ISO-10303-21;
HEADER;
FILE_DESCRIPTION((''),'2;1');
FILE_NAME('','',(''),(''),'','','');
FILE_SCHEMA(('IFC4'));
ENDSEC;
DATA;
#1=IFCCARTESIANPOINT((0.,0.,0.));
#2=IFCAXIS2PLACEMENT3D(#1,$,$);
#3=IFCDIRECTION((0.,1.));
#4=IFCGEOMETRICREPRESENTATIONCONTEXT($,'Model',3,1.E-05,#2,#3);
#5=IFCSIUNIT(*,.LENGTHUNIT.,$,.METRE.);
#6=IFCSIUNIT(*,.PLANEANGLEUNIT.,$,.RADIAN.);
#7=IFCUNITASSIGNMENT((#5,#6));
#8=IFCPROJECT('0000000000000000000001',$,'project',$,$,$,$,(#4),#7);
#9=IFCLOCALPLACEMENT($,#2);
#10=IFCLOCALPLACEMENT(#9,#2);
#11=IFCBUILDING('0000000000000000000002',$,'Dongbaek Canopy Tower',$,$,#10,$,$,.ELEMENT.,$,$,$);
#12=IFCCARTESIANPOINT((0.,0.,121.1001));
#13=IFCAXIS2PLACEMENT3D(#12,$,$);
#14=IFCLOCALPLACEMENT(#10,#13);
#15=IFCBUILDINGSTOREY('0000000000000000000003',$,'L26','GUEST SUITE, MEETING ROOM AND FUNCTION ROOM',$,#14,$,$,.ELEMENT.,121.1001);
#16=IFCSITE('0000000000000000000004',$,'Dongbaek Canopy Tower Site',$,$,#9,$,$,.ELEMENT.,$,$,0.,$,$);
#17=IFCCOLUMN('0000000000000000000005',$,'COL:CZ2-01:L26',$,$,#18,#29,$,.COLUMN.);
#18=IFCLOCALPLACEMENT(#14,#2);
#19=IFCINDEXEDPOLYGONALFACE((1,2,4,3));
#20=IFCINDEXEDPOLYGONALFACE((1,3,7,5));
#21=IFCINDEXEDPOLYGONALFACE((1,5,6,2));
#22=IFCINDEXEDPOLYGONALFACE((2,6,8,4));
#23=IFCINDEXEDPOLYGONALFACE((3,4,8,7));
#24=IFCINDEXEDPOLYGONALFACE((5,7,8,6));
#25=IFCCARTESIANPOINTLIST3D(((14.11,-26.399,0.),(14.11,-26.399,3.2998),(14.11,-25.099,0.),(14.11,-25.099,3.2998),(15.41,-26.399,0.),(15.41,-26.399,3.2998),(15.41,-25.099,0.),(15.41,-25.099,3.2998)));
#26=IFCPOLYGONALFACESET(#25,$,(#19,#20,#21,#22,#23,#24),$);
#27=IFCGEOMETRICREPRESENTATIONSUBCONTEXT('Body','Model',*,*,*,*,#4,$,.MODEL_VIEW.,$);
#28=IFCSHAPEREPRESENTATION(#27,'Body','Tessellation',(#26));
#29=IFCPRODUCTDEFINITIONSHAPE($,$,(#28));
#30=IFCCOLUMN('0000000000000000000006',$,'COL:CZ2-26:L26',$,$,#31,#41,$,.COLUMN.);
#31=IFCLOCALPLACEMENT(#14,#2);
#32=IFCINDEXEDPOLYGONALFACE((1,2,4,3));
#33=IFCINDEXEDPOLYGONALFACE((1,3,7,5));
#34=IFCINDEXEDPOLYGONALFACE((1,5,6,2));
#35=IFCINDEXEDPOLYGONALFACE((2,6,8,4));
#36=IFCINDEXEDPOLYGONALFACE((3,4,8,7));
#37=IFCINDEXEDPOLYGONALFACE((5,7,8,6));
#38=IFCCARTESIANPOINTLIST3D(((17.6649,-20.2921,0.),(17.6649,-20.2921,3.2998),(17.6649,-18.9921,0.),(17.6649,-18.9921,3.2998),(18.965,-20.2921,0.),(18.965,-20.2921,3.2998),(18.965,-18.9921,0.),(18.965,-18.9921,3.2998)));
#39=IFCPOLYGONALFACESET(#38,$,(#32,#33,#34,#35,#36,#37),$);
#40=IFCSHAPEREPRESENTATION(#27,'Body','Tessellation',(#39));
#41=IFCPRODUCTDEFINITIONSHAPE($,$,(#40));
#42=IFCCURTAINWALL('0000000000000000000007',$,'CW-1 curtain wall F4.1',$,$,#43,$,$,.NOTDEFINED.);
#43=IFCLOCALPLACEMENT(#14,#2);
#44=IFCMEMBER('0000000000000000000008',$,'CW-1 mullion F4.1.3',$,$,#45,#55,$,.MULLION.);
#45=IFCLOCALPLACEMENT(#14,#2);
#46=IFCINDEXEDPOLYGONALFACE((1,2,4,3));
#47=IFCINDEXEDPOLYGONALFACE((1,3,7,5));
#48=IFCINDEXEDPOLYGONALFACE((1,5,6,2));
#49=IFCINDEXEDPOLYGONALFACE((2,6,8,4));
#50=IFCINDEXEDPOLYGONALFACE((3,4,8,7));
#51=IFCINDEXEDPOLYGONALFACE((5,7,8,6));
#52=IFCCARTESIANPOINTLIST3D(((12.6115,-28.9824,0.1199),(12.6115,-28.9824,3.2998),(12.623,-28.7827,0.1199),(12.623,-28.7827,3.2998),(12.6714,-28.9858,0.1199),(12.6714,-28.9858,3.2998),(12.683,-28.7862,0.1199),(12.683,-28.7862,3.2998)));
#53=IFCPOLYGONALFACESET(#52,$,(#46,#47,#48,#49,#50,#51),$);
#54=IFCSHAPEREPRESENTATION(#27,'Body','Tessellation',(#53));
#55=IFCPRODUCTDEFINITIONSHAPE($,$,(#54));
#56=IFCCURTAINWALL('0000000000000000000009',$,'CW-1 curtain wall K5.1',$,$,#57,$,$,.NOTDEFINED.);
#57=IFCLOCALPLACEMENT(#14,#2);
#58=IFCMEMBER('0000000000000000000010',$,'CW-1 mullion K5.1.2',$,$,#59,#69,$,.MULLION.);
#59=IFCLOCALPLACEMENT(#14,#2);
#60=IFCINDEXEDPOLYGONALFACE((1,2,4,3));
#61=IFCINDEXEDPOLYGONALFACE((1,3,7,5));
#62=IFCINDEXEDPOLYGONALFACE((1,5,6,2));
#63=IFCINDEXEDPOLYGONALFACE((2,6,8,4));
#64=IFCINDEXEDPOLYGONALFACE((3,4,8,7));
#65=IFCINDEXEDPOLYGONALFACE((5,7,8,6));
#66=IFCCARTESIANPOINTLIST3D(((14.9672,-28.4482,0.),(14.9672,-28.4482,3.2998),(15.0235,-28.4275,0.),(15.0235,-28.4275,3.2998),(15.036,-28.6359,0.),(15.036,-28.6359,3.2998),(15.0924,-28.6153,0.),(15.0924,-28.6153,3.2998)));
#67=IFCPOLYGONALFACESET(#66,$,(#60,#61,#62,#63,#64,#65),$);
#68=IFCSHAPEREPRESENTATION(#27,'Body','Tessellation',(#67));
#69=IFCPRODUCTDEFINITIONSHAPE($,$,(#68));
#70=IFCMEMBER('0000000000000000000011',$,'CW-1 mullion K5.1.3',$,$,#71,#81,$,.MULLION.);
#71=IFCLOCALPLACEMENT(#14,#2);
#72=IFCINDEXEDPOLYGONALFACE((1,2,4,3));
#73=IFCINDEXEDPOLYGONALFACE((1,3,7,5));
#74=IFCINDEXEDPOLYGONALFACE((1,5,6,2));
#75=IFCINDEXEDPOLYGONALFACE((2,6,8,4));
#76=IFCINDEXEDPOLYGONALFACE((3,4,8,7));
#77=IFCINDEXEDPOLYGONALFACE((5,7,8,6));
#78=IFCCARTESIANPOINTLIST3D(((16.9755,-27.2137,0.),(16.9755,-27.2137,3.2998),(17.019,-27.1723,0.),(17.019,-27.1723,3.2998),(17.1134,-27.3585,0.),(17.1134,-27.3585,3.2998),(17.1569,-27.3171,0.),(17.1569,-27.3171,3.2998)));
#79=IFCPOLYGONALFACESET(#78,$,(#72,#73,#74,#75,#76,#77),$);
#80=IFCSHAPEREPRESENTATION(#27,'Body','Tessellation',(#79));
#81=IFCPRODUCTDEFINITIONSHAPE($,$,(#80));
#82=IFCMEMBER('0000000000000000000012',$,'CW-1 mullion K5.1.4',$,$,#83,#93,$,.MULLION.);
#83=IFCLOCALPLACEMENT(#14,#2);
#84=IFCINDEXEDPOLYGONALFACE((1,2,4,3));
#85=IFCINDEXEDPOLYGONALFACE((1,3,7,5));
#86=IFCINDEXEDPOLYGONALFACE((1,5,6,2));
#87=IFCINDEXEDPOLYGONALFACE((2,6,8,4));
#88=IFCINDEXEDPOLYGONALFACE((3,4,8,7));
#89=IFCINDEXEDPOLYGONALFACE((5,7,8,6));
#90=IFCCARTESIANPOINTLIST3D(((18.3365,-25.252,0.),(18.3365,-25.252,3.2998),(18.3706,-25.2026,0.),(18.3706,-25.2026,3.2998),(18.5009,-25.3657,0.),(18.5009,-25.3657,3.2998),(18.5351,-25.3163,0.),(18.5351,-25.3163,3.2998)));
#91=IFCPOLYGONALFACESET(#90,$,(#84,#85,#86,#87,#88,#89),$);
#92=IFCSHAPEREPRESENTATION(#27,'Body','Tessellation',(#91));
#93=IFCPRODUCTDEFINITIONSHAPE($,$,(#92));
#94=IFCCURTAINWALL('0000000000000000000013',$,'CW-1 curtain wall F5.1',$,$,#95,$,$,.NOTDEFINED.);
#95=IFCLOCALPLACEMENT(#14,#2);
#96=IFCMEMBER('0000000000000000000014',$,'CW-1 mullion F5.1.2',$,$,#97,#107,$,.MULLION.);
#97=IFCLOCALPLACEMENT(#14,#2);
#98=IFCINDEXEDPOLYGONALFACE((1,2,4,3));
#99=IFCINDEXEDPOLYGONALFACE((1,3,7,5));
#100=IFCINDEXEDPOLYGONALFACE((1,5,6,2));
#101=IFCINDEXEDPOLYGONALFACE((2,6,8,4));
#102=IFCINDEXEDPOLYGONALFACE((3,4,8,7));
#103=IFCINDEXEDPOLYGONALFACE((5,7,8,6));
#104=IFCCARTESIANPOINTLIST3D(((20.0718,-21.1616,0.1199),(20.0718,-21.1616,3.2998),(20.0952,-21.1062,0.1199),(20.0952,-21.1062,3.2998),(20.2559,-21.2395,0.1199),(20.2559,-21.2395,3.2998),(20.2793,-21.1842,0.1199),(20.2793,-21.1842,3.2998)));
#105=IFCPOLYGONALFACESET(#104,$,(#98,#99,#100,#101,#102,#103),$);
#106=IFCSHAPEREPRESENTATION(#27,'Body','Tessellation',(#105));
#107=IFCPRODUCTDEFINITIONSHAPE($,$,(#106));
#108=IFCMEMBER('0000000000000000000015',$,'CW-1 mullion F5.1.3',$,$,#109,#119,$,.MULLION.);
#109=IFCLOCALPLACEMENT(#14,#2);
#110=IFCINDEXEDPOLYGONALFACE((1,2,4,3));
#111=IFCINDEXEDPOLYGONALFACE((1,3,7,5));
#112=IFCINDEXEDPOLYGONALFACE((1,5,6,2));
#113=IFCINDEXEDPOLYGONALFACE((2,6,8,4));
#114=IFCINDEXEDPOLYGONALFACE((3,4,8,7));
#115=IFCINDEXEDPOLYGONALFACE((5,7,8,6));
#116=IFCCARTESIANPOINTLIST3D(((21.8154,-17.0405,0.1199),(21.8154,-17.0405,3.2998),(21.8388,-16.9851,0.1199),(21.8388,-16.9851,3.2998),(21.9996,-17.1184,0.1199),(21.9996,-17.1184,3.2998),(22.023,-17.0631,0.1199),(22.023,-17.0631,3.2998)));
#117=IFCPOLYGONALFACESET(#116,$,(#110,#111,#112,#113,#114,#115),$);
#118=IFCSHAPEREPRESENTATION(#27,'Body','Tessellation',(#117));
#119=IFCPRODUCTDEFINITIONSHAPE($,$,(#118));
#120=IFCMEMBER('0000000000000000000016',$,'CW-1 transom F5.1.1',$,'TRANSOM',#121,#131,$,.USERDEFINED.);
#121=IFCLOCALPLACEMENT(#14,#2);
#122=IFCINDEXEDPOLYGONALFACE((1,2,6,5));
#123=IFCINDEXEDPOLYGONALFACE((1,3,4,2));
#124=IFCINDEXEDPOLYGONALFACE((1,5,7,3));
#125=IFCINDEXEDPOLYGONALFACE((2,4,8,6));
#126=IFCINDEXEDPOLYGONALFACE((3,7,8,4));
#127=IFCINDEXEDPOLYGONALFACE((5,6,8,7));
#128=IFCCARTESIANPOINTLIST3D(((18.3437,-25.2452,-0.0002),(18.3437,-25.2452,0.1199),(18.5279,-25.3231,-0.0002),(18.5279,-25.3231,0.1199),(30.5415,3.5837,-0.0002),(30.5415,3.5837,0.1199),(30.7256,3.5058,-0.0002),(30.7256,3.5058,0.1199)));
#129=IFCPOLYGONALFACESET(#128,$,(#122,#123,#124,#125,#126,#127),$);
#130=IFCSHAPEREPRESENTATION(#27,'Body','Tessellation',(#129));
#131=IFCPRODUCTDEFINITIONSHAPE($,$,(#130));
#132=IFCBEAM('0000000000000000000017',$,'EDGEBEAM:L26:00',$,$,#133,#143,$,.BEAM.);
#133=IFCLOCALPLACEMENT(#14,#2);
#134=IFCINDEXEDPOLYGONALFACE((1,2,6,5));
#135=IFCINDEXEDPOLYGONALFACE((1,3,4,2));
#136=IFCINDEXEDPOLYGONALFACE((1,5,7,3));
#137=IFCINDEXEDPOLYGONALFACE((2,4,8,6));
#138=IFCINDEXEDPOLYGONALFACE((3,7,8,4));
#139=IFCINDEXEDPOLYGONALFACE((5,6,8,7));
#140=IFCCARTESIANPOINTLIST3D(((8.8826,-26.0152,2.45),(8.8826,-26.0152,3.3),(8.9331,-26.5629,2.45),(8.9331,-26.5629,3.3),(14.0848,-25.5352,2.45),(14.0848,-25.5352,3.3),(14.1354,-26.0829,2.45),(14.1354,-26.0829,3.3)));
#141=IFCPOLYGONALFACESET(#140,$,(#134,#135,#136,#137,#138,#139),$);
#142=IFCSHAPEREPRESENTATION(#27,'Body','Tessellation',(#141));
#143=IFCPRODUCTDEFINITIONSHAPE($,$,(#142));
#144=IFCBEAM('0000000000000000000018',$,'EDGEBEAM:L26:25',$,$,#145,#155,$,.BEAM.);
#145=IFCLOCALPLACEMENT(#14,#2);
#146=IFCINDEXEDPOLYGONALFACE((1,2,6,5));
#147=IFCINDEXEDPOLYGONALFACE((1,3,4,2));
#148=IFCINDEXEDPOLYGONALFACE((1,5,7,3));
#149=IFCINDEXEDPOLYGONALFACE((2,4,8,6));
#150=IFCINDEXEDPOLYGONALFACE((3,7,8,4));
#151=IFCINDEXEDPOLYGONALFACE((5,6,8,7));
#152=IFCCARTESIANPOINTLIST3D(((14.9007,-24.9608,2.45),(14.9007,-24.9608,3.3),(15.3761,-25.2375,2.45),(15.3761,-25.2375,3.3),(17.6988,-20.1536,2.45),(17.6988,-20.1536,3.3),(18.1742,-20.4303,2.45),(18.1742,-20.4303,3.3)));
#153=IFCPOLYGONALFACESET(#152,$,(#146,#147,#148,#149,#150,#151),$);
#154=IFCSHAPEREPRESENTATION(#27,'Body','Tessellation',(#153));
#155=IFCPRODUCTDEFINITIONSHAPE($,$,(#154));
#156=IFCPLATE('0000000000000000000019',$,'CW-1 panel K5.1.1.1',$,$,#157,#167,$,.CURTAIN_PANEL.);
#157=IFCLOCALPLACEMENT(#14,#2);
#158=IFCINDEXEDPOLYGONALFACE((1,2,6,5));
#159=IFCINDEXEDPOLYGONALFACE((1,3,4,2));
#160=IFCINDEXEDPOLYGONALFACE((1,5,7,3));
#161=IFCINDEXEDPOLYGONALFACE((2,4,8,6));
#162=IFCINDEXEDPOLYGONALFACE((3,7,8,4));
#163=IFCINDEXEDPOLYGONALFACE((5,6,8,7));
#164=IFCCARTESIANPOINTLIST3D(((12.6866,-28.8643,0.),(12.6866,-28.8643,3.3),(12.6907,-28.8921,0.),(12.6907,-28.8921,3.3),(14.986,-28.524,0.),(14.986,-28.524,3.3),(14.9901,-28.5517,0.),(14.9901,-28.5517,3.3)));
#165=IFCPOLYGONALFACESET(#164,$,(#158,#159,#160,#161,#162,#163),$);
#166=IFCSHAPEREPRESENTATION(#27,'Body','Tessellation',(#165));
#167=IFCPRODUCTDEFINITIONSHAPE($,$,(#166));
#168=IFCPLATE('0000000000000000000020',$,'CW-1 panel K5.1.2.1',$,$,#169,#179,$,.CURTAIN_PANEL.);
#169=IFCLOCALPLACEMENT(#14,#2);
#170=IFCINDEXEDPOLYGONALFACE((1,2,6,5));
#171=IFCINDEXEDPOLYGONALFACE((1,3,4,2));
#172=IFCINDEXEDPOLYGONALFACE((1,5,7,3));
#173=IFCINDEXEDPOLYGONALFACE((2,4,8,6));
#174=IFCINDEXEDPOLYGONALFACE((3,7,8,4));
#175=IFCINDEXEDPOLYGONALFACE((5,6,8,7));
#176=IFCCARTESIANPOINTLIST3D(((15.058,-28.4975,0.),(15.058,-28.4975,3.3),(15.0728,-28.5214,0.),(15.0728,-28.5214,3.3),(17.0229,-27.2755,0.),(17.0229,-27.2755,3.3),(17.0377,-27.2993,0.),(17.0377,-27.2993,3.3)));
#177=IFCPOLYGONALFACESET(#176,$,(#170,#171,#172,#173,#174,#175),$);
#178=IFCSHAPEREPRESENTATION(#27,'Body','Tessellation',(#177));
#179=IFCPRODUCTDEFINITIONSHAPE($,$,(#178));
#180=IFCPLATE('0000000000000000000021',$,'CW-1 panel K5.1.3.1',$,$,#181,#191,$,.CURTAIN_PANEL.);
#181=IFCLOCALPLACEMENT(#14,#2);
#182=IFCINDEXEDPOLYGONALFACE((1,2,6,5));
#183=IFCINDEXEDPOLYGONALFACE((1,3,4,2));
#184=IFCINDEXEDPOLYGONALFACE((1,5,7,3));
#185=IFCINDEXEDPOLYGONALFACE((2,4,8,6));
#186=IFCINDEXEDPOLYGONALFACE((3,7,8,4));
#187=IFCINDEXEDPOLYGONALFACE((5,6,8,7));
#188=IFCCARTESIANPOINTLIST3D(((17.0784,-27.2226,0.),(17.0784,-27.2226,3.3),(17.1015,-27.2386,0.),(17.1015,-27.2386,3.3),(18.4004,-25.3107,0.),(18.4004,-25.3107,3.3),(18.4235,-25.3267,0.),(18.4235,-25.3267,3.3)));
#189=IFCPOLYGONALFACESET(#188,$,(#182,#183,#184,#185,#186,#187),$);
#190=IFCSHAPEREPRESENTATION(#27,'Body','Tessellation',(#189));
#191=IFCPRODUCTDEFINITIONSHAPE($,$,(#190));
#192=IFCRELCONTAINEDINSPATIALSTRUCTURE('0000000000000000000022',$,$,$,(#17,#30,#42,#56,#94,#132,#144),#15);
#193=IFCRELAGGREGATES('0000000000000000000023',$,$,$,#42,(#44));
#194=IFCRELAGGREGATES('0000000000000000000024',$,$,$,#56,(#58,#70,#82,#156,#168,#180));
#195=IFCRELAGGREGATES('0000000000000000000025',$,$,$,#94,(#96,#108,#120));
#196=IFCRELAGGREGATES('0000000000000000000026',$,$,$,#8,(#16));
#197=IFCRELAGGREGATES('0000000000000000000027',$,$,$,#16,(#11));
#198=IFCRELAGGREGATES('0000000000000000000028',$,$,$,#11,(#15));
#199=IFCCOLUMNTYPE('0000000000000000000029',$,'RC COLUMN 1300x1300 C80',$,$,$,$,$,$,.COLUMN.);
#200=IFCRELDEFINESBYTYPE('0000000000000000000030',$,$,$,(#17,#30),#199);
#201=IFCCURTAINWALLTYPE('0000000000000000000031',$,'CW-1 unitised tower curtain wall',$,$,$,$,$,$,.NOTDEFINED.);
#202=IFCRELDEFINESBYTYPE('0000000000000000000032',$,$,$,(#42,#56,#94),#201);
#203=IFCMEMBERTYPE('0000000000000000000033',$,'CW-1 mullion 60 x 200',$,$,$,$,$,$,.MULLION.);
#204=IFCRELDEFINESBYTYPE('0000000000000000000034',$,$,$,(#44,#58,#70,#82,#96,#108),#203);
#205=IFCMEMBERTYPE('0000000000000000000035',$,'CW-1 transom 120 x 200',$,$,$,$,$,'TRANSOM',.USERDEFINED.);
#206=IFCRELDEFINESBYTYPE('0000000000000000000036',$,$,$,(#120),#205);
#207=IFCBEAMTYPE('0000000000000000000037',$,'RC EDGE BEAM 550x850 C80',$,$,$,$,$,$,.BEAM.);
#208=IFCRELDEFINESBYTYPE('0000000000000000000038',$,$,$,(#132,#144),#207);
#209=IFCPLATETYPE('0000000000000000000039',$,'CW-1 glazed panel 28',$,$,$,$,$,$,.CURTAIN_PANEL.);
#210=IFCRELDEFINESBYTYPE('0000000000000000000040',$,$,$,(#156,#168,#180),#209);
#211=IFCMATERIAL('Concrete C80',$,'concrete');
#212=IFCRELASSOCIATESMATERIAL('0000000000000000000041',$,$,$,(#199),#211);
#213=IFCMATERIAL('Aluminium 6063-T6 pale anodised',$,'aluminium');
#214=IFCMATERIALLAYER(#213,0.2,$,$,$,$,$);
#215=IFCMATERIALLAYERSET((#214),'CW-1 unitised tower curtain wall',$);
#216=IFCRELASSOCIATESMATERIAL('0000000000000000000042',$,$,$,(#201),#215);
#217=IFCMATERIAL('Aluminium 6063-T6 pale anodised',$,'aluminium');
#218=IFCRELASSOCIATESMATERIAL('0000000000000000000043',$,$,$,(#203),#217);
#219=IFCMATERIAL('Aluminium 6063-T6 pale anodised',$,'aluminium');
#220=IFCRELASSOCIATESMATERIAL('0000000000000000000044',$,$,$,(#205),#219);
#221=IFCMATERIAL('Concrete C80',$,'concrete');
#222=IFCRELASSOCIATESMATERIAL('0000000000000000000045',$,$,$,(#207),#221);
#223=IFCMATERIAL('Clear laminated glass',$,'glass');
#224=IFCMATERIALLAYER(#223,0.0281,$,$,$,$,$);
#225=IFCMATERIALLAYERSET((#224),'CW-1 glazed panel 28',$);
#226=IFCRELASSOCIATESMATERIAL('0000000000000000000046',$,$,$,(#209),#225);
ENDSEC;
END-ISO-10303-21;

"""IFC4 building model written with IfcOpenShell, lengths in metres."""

from ifc_helpers import new_model, si_unit, direction, frame, origin, origin_2d, place, context, subcontext, project, spatial, rectangle, extrude, material, layer, layer_set, material_profile, profile_set, type_object, element, aggregate, save


model = new_model("IFC4")

# Units and contexts
model_context = context("Model", 3, precision=1e-05, world=origin(), true_north=direction((0.0, 1.0)))
body_context = subcontext(model_context, "Body", "Model", "MODEL_VIEW")
ifc_project = project(units=[si_unit("LENGTHUNIT", "METRE"), si_unit("PLANEANGLEUNIT", "RADIAN")], contexts=[model_context])

# Site, building, storey
site_placement = place(None, origin())
site = spatial("IfcSite", under=ifc_project, at=site_placement, Name="Dongbaek Canopy Tower Site", CompositionType="ELEMENT", RefElevation=0.0)
building_placement = place(site_placement, origin())
building = spatial("IfcBuilding", under=site, at=building_placement, Name="Dongbaek Canopy Tower", CompositionType="ELEMENT")
storey_placement = place(building_placement, frame((0.0, 0.0, 121.1001)))
storey = spatial("IfcBuildingStorey", under=building, at=storey_placement, Name="L26", Description="GUEST SUITE, MEETING ROOM AND FUNCTION ROOM", CompositionType="ELEMENT", Elevation=121.1001)

# Columns
ifc_material_1 = material(Name="Concrete C80", Category="concrete")
ifc_material_profile_1 = material_profile(ifc_material_1, rectangle(XDim=1.3, YDim=1.3, at=origin_2d()), Name="RC COLUMN 1300x1300 C80")
ifc_profile_set_1 = profile_set([ifc_material_profile_1], Name="Concrete C80")
column_type = type_object("IfcColumnType", Name="RC COLUMN 1300x1300 C80", PredefinedType="COLUMN", material=ifc_profile_set_1)
for number, where, z_axis, x_axis, name in (
    (1, (14.76, -25.749, 0.0), (0.0, 0.0, 1.0), (1.0, 0.0, 0.0), "COL:CZ2-01:L26"),
    (2, (18.3149, -19.6421, 0.0), (0.0, 0.0, 1.0), (1.0, 0.0, 0.0), "COL:CZ2-26:L26"),
):
    element("IfcColumn", number, at=place(storey_placement, frame(where, z_axis=z_axis, x_axis=x_axis)), inside=storey, type_object=column_type, Name=name, PredefinedType="COLUMN", context=body_context, shape_type="SweptSolid", body=[
        extrude(rectangle(XDim=1.3, YDim=1.3, at=origin_2d()), origin(), (0.0, 0.0, 1.0), 3.2998),
    ])

# Curtain wall, member
ifc_material_2 = material(Name="Aluminium 6063-T6 pale anodised", Category="aluminium")
ifc_layer_1 = layer(ifc_material_2, 0.2)
ifc_layer_set_1 = layer_set([ifc_layer_1], Name="CW-1 unitised tower curtain wall")
curtain_wall_type = type_object("IfcCurtainWallType", Name="CW-1 unitised tower curtain wall", PredefinedType="NOTDEFINED", material=ifc_layer_set_1)
curtain_wall_1_placement = place(storey_placement, origin())
curtain_wall_1 = element("IfcCurtainWall", 3, at=curtain_wall_1_placement, inside=storey, type_object=curtain_wall_type, Name="CW-1 curtain wall F4.1", PredefinedType="NOTDEFINED")
ifc_material_3 = material(Name="Aluminium 6063-T6 pale anodised", Category="aluminium")
ifc_material_profile_2 = material_profile(ifc_material_3, rectangle(XDim=0.2, YDim=0.0601, at=origin_2d()), Name="CW-1 mullion 60 x 200")
ifc_profile_set_2 = profile_set([ifc_material_profile_2], Name="Aluminium 6063-T6 pale anodised")
member_type_1 = type_object("IfcMemberType", Name="CW-1 mullion 60 x 200", PredefinedType="MULLION", material=ifc_profile_set_2)
member_1_placement = place(storey_placement, frame((12.6472, -28.8843, 0.1199), z_axis=(0.0, 0.0, 1.0), x_axis=(-0.057753, -0.998331, 0.0)))
member_1 = element("IfcMember", 4, at=member_1_placement, type_object=member_type_1, Name="CW-1 mullion F4.1.3", PredefinedType="MULLION", context=body_context, shape_type="SweptSolid", body=[
    extrude(rectangle(XDim=0.2, YDim=0.0601, at=origin_2d()), origin(), (0.0, 0.0, 1.0), 3.1799),
])
aggregate(curtain_wall_1, [member_1])

# Curtain walls, members
curtain_wall_2_placement = place(storey_placement, origin())
curtain_wall_2 = element("IfcCurtainWall", 5, at=curtain_wall_2_placement, inside=storey, type_object=curtain_wall_type, Name="CW-1 curtain wall K5.1", PredefinedType="NOTDEFINED")
member_2_placement = place(storey_placement, frame((15.0298, -28.5317, 0.0), z_axis=(0.0, 0.0, 1.0), x_axis=(0.344451, -0.938804, 0.0)))
member_2 = element("IfcMember", 6, at=member_2_placement, type_object=member_type_1, Name="CW-1 mullion K5.1.2", PredefinedType="MULLION", context=body_context, shape_type="SweptSolid", body=[
    extrude(rectangle(XDim=0.2, YDim=0.0601, at=origin_2d()), origin(), (0.0, 0.0, 1.0), 3.2998),
])
member_3_placement = place(storey_placement, frame((17.0662, -27.2654, 0.0), z_axis=(0.0, 0.0, 1.0), x_axis=(0.689713, -0.724083, 0.0)))
member_3 = element("IfcMember", 7, at=member_3_placement, type_object=member_type_1, Name="CW-1 mullion K5.1.3", PredefinedType="MULLION", context=body_context, shape_type="SweptSolid", body=[
    extrude(rectangle(XDim=0.2, YDim=0.0601, at=origin_2d()), origin(), (0.0, 0.0, 1.0), 3.2998),
])
member_4_placement = place(storey_placement, frame((18.4358, -25.2842, 0.0), z_axis=(0.0, 0.0, 1.0), x_axis=(0.822511, -0.568749, 0.0)))
member_4 = element("IfcMember", 8, at=member_4_placement, type_object=member_type_1, Name="CW-1 mullion K5.1.4", PredefinedType="MULLION", context=body_context, shape_type="SweptSolid", body=[
    extrude(rectangle(XDim=0.2, YDim=0.0601, at=origin_2d()), origin(), (0.0, 0.0, 1.0), 3.2998),
])
curtain_wall_3_placement = place(storey_placement, origin())
curtain_wall_3 = element("IfcCurtainWall", 9, at=curtain_wall_3_placement, inside=storey, type_object=curtain_wall_type, Name="CW-1 curtain wall F5.1", PredefinedType="NOTDEFINED")
member_5_placement = place(storey_placement, frame((20.1755, -21.1729, 0.1199), z_axis=(0.0, 0.0, 1.0), x_axis=(0.920958, -0.389663, 0.0)))
member_5 = element("IfcMember", 10, at=member_5_placement, type_object=member_type_1, Name="CW-1 mullion F5.1.2", PredefinedType="MULLION", context=body_context, shape_type="SweptSolid", body=[
    extrude(rectangle(XDim=0.2, YDim=0.0601, at=origin_2d()), origin(), (0.0, 0.0, 1.0), 3.1799),
])
member_6_placement = place(storey_placement, frame((21.9192, -17.0518, 0.1199), z_axis=(0.0, 0.0, 1.0), x_axis=(0.920958, -0.389663, 0.0)))
member_6 = element("IfcMember", 11, at=member_6_placement, type_object=member_type_1, Name="CW-1 mullion F5.1.3", PredefinedType="MULLION", context=body_context, shape_type="SweptSolid", body=[
    extrude(rectangle(XDim=0.2, YDim=0.0601, at=origin_2d()), origin(), (0.0, 0.0, 1.0), 3.1799),
])
ifc_material_4 = material(Name="Aluminium 6063-T6 pale anodised", Category="aluminium")
ifc_material_profile_3 = material_profile(ifc_material_4, rectangle(XDim=0.2, YDim=0.1201, at=origin_2d()), Name="CW-1 transom 120 x 200")
ifc_profile_set_3 = profile_set([ifc_material_profile_3], Name="Aluminium 6063-T6 pale anodised")
member_type_2 = type_object("IfcMemberType", Name="CW-1 transom 120 x 200", ElementType="TRANSOM", PredefinedType="USERDEFINED", material=ifc_profile_set_3)
member_7_placement = place(storey_placement, frame((18.4358, -25.2842, 0.0598), z_axis=(0.389665, 0.920957, 0.0), x_axis=(-0.920957, 0.389665, 0.0)))
member_7 = element("IfcMember", 12, at=member_7_placement, type_object=member_type_2, Name="CW-1 transom F5.1.1", ObjectType="TRANSOM", PredefinedType="USERDEFINED", context=body_context, shape_type="SweptSolid", body=[
    extrude(rectangle(XDim=0.2, YDim=0.1201, at=origin_2d()), origin(), (0.0, 0.0, 1.0), 31.3032),
])

# Beams
ifc_material_5 = material(Name="Concrete C80", Category="concrete")
ifc_material_profile_4 = material_profile(ifc_material_5, rectangle(XDim=0.55, YDim=0.8501, at=origin_2d()), Name="RC EDGE BEAM 550x850 C80")
ifc_profile_set_4 = profile_set([ifc_material_profile_4], Name="Concrete C80")
beam_type = type_object("IfcBeamType", Name="RC EDGE BEAM 550x850 C80", PredefinedType="BEAM", material=ifc_profile_set_4)
beam_1_placement = place(storey_placement, frame((14.1101, -25.8091, 2.875), z_axis=(-0.99577, -0.091876, 0.0), x_axis=(0.091876, -0.99577, 0.0)))
element("IfcBeam", 13, at=beam_1_placement, inside=storey, type_object=beam_type, Name="EDGEBEAM:L26:00", PredefinedType="BEAM", context=body_context, shape_type="SweptSolid", body=[
    extrude(rectangle(XDim=0.55, YDim=0.8501, at=origin_2d()), origin(), (0.0, 0.0, 1.0), 5.2244),
])
beam_2_placement = place(storey_placement, frame((17.9365, -20.292, 2.875), z_axis=(-0.503058, -0.864253, 0.0), x_axis=(0.864253, -0.503058, 0.0)))
element("IfcBeam", 14, at=beam_2_placement, inside=storey, type_object=beam_type, Name="EDGEBEAM:L26:25", PredefinedType="BEAM", context=body_context, shape_type="SweptSolid", body=[
    extrude(rectangle(XDim=0.55, YDim=0.8501, at=origin_2d()), origin(), (0.0, 0.0, 1.0), 5.5623),
])

# Plates
ifc_material_6 = material(Name="Clear laminated glass", Category="glass")
ifc_layer_2 = layer(ifc_material_6, 0.0281)
ifc_layer_set_2 = layer_set([ifc_layer_2], Name="CW-1 glazed panel 28")
plate_type = type_object("IfcPlateType", Name="CW-1 glazed panel 28", PredefinedType="CURTAIN_PANEL", material=ifc_layer_set_2)
plate_1_placement = place(storey_placement, frame((13.8384, -28.708, 0.0), z_axis=(0.0, 0.0, 1.0), x_axis=(0.989225, 0.146406, 0.0)))
plate_1 = element("IfcPlate", 15, at=plate_1_placement, type_object=plate_type, Name="CW-1 panel K5.1.1.1", PredefinedType="CURTAIN_PANEL", context=body_context, shape_type="SweptSolid", body=[
    extrude(rectangle(XDim=2.3245, YDim=0.0281, at=origin_2d()), origin(), (0.0, 0.0, 1.0), 3.3),
])
plate_2_placement = place(storey_placement, frame((16.0479, -27.8984, 0.0), z_axis=(0.0, 0.0, 1.0), x_axis=(0.849176, 0.52811, 0.0)))
plate_2 = element("IfcPlate", 16, at=plate_2_placement, type_object=plate_type, Name="CW-1 panel K5.1.2.1", PredefinedType="CURTAIN_PANEL", context=body_context, shape_type="SweptSolid", body=[
    extrude(rectangle(XDim=2.314, YDim=0.0281, at=origin_2d()), origin(), (0.0, 0.0, 1.0), 3.3),
])
plate_3_placement = place(storey_placement, frame((17.751, -26.2747, 0.0), z_axis=(0.0, 0.0, 1.0), x_axis=(0.568749, 0.822511, 0.0)))
plate_3 = element("IfcPlate", 17, at=plate_3_placement, type_object=plate_type, Name="CW-1 panel K5.1.3.1", PredefinedType="CURTAIN_PANEL", context=body_context, shape_type="SweptSolid", body=[
    extrude(rectangle(XDim=2.3245, YDim=0.0281, at=origin_2d()), origin(), (0.0, 0.0, 1.0), 3.3),
])
aggregate(curtain_wall_2, [member_2, member_3, member_4, plate_1, plate_2, plate_3])

aggregate(curtain_wall_3, [member_5, member_6, member_7])

save(model, "model.ifc")
